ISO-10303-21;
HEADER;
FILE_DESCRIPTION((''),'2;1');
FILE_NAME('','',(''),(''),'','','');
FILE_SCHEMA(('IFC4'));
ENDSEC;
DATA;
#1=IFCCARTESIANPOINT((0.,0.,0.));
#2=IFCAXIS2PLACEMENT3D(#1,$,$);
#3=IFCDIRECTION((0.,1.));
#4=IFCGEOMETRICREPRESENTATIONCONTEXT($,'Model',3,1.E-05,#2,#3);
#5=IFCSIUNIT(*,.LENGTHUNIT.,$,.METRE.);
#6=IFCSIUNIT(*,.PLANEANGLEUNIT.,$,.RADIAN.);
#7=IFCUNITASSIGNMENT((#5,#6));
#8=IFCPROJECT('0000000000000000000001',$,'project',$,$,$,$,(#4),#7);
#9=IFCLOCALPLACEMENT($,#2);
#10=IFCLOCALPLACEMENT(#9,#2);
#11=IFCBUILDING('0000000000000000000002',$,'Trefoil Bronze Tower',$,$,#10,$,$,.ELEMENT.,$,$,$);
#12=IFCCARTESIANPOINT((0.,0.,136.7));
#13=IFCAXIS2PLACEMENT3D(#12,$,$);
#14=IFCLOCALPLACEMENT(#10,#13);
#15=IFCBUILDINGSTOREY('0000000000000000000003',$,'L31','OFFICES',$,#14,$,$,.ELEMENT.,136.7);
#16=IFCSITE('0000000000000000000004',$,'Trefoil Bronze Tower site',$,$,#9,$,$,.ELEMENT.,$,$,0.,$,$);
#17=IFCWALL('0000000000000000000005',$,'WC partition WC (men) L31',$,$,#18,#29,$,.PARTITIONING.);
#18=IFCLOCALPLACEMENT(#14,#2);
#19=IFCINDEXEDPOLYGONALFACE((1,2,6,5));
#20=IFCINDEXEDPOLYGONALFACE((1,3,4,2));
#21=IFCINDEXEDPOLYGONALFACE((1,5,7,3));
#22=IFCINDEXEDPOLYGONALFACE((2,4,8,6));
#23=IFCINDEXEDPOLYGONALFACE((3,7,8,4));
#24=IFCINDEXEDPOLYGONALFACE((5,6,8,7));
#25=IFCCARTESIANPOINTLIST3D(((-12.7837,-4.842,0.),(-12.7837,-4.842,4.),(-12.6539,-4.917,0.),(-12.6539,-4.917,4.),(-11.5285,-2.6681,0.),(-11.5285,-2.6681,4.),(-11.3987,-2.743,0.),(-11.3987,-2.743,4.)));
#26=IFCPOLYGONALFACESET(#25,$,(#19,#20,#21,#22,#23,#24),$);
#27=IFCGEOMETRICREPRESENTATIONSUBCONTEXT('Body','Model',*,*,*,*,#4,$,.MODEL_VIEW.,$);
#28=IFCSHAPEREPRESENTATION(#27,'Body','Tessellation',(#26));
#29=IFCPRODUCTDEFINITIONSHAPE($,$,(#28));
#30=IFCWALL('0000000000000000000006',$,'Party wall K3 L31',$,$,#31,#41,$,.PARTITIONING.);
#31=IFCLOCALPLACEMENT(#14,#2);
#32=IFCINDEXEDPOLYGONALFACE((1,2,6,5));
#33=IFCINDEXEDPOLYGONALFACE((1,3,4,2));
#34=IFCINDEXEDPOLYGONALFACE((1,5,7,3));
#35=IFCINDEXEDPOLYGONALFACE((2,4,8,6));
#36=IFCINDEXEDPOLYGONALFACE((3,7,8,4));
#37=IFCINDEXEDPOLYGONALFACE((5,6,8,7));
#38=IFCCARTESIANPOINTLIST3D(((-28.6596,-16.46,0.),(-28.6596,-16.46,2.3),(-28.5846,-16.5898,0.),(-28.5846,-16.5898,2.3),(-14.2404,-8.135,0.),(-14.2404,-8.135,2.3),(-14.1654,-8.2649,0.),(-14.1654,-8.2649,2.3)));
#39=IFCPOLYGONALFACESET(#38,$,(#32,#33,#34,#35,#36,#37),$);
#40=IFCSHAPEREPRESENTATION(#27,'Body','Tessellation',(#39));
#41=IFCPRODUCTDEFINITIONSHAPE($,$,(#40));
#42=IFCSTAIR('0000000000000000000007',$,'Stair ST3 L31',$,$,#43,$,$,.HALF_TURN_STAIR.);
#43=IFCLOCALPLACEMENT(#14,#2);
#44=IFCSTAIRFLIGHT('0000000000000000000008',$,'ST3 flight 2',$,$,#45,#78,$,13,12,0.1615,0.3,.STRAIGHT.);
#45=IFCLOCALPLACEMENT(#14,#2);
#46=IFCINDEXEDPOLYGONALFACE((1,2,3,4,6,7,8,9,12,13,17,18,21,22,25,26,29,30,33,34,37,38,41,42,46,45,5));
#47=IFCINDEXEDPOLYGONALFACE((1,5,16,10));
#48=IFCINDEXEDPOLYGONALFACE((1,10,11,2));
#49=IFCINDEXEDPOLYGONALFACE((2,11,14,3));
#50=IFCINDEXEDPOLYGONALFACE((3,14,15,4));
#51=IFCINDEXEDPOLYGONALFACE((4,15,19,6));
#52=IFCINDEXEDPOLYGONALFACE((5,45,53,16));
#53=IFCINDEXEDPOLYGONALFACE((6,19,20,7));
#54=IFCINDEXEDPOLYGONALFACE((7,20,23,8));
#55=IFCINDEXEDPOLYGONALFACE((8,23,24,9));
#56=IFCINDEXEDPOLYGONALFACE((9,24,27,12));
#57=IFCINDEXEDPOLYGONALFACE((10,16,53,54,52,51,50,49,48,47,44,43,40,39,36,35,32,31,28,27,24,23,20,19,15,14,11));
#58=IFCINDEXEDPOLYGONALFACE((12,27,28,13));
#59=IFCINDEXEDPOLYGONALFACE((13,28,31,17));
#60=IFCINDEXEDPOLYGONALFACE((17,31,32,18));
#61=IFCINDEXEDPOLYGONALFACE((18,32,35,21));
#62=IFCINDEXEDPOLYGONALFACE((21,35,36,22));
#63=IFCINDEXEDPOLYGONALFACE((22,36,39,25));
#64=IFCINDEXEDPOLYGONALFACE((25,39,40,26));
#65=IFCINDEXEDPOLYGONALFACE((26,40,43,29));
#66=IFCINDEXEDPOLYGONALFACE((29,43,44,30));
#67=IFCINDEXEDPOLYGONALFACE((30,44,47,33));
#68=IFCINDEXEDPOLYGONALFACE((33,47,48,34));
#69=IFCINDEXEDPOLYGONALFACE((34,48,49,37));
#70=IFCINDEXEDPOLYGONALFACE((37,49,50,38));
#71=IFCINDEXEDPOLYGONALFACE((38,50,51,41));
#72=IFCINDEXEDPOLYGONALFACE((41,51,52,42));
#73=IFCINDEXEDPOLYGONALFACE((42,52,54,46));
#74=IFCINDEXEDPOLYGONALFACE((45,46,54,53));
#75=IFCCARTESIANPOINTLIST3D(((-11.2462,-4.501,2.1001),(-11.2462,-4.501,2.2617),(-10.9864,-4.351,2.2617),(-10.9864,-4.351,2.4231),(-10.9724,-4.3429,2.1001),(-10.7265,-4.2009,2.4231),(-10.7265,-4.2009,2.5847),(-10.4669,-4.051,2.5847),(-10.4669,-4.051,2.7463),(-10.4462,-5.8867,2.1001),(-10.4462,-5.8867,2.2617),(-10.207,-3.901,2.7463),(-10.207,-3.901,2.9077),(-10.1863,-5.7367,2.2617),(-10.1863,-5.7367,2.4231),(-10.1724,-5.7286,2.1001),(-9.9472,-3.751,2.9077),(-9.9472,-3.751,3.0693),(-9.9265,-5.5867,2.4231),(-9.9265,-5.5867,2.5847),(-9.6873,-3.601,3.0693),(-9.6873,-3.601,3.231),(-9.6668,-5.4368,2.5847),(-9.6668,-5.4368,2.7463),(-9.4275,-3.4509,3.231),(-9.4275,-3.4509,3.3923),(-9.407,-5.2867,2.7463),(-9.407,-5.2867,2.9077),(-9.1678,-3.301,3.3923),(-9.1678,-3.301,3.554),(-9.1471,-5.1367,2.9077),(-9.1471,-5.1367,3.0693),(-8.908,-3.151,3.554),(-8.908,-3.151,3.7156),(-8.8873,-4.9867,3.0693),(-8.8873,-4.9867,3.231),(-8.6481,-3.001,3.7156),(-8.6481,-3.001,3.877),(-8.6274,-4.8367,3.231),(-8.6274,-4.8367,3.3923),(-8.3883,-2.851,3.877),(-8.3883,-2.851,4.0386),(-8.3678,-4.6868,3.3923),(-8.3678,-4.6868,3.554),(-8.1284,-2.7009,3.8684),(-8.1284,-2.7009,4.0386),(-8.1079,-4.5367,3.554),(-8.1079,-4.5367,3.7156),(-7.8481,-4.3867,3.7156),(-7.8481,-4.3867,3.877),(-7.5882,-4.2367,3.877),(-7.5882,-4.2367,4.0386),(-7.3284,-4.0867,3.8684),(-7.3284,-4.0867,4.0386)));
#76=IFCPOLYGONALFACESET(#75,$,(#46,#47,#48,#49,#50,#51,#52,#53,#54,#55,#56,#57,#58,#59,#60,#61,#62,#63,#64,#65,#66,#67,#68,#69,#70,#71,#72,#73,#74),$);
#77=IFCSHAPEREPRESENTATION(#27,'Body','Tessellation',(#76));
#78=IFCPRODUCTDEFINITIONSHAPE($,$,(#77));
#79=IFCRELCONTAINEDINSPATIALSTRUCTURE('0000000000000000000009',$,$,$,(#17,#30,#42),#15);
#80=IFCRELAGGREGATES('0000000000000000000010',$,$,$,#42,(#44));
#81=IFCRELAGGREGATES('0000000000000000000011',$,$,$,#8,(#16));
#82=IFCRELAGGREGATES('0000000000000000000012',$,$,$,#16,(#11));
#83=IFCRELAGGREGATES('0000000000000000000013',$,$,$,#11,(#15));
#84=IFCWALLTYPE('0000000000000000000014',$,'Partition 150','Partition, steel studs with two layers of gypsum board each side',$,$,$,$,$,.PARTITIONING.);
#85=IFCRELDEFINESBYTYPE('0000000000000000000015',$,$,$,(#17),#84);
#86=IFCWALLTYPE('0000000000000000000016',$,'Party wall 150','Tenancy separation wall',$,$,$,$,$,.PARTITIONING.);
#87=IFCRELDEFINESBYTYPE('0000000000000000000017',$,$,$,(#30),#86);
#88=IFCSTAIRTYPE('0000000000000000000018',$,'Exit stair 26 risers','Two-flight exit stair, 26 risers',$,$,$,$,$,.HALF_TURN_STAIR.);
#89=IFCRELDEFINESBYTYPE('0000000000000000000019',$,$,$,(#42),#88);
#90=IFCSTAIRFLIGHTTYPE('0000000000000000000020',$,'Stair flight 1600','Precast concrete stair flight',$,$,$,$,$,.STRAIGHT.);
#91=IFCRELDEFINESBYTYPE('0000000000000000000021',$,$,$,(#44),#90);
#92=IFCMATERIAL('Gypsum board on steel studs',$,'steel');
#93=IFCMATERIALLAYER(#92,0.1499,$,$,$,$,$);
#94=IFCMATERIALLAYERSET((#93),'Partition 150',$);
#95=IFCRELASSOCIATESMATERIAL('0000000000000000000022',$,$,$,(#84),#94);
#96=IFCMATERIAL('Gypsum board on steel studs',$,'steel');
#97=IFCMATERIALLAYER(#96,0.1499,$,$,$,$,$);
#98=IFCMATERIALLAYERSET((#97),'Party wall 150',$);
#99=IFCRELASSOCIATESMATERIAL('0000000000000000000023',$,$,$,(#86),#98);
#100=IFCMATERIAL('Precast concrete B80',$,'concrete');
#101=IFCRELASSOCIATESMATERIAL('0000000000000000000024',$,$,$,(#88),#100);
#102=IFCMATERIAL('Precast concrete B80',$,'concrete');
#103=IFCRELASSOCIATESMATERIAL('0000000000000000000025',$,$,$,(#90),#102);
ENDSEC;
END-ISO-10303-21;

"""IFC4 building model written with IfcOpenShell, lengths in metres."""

from ifc_helpers import new_model, si_unit, direction, frame, frame_2d, origin, place, context, subcontext, project, spatial, polyline, rectangle, outline, extrude, material, layer, layer_set, type_object, element, aggregate, save


model = new_model("IFC4")

# Units and contexts
model_context = context("Model", 3, precision=1e-05, world=origin(), true_north=direction((0.0, 1.0)))
body_context = subcontext(model_context, "Body", "Model", "MODEL_VIEW")
ifc_project = project(units=[si_unit("LENGTHUNIT", "METRE"), si_unit("PLANEANGLEUNIT", "RADIAN")], contexts=[model_context])

# Site, building, storey
site_placement = place(None, origin())
site = spatial("IfcSite", under=ifc_project, at=site_placement, Name="Trefoil Bronze Tower site", CompositionType="ELEMENT", RefElevation=0.0)
building_placement = place(site_placement, origin())
building = spatial("IfcBuilding", under=site, at=building_placement, Name="Trefoil Bronze Tower", CompositionType="ELEMENT")
storey_placement = place(building_placement, frame((0.0, 0.0, 136.7)))
storey = spatial("IfcBuildingStorey", under=building, at=storey_placement, Name="L31", Description="OFFICES", CompositionType="ELEMENT", Elevation=136.7)

# Shared definitions
ifc_material_1 = material(Name="Gypsum board on steel studs", Category="steel")
ifc_layer_1 = layer(ifc_material_1, 0.1499)
ifc_layer_set_1 = layer_set([ifc_layer_1], Name="Partition 150")
wall_type_1 = type_object("IfcWallType", Name="Partition 150", Description="Partition, steel studs with two layers of gypsum board each side", PredefinedType="PARTITIONING", material=ifc_layer_set_1)

# Walls
wall_1_placement = place(storey_placement, frame((-11.4636, -2.7056, 0.0), z_axis=(0.0, 0.0, 1.0), x_axis=(-0.50002, -0.866014, 0.0)))
element("IfcWall", 1, at=wall_1_placement, inside=storey, type_object=wall_type_1, Name="WC partition WC (men) L31", PredefinedType="PARTITIONING", context=body_context, shape_type="SweptSolid", body=[
    extrude(rectangle(XDim=2.5103, YDim=0.1499, at=frame_2d((1.2551, 0.0))), origin(), (0.0, 0.0, 1.0), 4.0),
])
ifc_material_2 = material(Name="Gypsum board on steel studs", Category="steel")
ifc_layer_2 = layer(ifc_material_2, 0.1499)
ifc_layer_set_2 = layer_set([ifc_layer_2], Name="Party wall 150")
wall_type_2 = type_object("IfcWallType", Name="Party wall 150", Description="Tenancy separation wall", PredefinedType="PARTITIONING", material=ifc_layer_set_2)
wall_2_placement = place(storey_placement, frame((-14.2029, -8.2, 0.0), z_axis=(0.0, 0.0, 1.0), x_axis=(-0.866025, -0.500001, 0.0)))
element("IfcWall", 2, at=wall_2_placement, inside=storey, type_object=wall_type_2, Name="Party wall K3 L31", PredefinedType="PARTITIONING", context=body_context, shape_type="SweptSolid", body=[
    extrude(rectangle(XDim=16.6499, YDim=0.1499, at=frame_2d((8.325, 0.0))), origin(), (0.0, 0.0, 1.0), 2.3),
])

# Stair, stair flight
ifc_material_3 = material(Name="Precast concrete B80", Category="concrete")
stair_type = type_object("IfcStairType", Name="Exit stair 26 risers", Description="Two-flight exit stair, 26 risers", PredefinedType="HALF_TURN_STAIR", material=ifc_material_3)
stair_placement = place(storey_placement, origin())
stair = element("IfcStair", 3, at=stair_placement, inside=storey, type_object=stair_type, Name="Stair ST3 L31", PredefinedType="HALF_TURN_STAIR")
ifc_material_4 = material(Name="Precast concrete B80", Category="concrete")
stair_flight_type = type_object("IfcStairFlightType", Name="Stair flight 1600", Description="Precast concrete stair flight", PredefinedType="STRAIGHT", material=ifc_material_4)
stair_flight_placement = place(storey_placement, frame((-10.8462, -5.1938, 2.1001), z_axis=(0.0, 0.0, 1.0), x_axis=(0.866025, 0.5, 0.0)))
stair_flight = element("IfcStairFlight", 4, at=stair_flight_placement, type_object=stair_flight_type, Name="ST3 flight 2", NumberOfRisers=13, NumberOfTreads=12, PredefinedType="STRAIGHT", RiserHeight=0.1615, TreadLength=0.3, context=body_context, shape_type="SweptSolid", body=[
    extrude(outline(polyline([(0.0, 0.0), (0.0, 0.1616), (0.3, 0.1616), (0.3, 0.323), (0.6001, 0.323), (0.6001, 0.4846), (0.8999, 0.4846), (0.8999, 0.6462), (1.2, 0.6462), (1.2, 0.8076), (1.5, 0.8076), (1.5, 0.9692), (1.8, 0.9692), (1.8, 1.1309), (2.1001, 1.1309), (2.1001, 1.2922), (2.3999, 1.2922), (2.3999, 1.4539), (2.7, 1.4539), (2.7, 1.6155), (3.0, 1.6155), (3.0, 1.7769), (3.3, 1.7769), (3.3, 1.9385), (3.6001, 1.9385), (3.6001, 2.1001), (3.6001, 1.7683), (0.3162, 0.0), (0.0, 0.0)])), frame((0.0, 0.8, 0.0), z_axis=(0.0, -1.0, 0.0), x_axis=(1.0, 0.0, 0.0)), (0.0, 0.0, 1.0), 1.6001),
])
aggregate(stair, [stair_flight])

save(model, "model.ifc")
